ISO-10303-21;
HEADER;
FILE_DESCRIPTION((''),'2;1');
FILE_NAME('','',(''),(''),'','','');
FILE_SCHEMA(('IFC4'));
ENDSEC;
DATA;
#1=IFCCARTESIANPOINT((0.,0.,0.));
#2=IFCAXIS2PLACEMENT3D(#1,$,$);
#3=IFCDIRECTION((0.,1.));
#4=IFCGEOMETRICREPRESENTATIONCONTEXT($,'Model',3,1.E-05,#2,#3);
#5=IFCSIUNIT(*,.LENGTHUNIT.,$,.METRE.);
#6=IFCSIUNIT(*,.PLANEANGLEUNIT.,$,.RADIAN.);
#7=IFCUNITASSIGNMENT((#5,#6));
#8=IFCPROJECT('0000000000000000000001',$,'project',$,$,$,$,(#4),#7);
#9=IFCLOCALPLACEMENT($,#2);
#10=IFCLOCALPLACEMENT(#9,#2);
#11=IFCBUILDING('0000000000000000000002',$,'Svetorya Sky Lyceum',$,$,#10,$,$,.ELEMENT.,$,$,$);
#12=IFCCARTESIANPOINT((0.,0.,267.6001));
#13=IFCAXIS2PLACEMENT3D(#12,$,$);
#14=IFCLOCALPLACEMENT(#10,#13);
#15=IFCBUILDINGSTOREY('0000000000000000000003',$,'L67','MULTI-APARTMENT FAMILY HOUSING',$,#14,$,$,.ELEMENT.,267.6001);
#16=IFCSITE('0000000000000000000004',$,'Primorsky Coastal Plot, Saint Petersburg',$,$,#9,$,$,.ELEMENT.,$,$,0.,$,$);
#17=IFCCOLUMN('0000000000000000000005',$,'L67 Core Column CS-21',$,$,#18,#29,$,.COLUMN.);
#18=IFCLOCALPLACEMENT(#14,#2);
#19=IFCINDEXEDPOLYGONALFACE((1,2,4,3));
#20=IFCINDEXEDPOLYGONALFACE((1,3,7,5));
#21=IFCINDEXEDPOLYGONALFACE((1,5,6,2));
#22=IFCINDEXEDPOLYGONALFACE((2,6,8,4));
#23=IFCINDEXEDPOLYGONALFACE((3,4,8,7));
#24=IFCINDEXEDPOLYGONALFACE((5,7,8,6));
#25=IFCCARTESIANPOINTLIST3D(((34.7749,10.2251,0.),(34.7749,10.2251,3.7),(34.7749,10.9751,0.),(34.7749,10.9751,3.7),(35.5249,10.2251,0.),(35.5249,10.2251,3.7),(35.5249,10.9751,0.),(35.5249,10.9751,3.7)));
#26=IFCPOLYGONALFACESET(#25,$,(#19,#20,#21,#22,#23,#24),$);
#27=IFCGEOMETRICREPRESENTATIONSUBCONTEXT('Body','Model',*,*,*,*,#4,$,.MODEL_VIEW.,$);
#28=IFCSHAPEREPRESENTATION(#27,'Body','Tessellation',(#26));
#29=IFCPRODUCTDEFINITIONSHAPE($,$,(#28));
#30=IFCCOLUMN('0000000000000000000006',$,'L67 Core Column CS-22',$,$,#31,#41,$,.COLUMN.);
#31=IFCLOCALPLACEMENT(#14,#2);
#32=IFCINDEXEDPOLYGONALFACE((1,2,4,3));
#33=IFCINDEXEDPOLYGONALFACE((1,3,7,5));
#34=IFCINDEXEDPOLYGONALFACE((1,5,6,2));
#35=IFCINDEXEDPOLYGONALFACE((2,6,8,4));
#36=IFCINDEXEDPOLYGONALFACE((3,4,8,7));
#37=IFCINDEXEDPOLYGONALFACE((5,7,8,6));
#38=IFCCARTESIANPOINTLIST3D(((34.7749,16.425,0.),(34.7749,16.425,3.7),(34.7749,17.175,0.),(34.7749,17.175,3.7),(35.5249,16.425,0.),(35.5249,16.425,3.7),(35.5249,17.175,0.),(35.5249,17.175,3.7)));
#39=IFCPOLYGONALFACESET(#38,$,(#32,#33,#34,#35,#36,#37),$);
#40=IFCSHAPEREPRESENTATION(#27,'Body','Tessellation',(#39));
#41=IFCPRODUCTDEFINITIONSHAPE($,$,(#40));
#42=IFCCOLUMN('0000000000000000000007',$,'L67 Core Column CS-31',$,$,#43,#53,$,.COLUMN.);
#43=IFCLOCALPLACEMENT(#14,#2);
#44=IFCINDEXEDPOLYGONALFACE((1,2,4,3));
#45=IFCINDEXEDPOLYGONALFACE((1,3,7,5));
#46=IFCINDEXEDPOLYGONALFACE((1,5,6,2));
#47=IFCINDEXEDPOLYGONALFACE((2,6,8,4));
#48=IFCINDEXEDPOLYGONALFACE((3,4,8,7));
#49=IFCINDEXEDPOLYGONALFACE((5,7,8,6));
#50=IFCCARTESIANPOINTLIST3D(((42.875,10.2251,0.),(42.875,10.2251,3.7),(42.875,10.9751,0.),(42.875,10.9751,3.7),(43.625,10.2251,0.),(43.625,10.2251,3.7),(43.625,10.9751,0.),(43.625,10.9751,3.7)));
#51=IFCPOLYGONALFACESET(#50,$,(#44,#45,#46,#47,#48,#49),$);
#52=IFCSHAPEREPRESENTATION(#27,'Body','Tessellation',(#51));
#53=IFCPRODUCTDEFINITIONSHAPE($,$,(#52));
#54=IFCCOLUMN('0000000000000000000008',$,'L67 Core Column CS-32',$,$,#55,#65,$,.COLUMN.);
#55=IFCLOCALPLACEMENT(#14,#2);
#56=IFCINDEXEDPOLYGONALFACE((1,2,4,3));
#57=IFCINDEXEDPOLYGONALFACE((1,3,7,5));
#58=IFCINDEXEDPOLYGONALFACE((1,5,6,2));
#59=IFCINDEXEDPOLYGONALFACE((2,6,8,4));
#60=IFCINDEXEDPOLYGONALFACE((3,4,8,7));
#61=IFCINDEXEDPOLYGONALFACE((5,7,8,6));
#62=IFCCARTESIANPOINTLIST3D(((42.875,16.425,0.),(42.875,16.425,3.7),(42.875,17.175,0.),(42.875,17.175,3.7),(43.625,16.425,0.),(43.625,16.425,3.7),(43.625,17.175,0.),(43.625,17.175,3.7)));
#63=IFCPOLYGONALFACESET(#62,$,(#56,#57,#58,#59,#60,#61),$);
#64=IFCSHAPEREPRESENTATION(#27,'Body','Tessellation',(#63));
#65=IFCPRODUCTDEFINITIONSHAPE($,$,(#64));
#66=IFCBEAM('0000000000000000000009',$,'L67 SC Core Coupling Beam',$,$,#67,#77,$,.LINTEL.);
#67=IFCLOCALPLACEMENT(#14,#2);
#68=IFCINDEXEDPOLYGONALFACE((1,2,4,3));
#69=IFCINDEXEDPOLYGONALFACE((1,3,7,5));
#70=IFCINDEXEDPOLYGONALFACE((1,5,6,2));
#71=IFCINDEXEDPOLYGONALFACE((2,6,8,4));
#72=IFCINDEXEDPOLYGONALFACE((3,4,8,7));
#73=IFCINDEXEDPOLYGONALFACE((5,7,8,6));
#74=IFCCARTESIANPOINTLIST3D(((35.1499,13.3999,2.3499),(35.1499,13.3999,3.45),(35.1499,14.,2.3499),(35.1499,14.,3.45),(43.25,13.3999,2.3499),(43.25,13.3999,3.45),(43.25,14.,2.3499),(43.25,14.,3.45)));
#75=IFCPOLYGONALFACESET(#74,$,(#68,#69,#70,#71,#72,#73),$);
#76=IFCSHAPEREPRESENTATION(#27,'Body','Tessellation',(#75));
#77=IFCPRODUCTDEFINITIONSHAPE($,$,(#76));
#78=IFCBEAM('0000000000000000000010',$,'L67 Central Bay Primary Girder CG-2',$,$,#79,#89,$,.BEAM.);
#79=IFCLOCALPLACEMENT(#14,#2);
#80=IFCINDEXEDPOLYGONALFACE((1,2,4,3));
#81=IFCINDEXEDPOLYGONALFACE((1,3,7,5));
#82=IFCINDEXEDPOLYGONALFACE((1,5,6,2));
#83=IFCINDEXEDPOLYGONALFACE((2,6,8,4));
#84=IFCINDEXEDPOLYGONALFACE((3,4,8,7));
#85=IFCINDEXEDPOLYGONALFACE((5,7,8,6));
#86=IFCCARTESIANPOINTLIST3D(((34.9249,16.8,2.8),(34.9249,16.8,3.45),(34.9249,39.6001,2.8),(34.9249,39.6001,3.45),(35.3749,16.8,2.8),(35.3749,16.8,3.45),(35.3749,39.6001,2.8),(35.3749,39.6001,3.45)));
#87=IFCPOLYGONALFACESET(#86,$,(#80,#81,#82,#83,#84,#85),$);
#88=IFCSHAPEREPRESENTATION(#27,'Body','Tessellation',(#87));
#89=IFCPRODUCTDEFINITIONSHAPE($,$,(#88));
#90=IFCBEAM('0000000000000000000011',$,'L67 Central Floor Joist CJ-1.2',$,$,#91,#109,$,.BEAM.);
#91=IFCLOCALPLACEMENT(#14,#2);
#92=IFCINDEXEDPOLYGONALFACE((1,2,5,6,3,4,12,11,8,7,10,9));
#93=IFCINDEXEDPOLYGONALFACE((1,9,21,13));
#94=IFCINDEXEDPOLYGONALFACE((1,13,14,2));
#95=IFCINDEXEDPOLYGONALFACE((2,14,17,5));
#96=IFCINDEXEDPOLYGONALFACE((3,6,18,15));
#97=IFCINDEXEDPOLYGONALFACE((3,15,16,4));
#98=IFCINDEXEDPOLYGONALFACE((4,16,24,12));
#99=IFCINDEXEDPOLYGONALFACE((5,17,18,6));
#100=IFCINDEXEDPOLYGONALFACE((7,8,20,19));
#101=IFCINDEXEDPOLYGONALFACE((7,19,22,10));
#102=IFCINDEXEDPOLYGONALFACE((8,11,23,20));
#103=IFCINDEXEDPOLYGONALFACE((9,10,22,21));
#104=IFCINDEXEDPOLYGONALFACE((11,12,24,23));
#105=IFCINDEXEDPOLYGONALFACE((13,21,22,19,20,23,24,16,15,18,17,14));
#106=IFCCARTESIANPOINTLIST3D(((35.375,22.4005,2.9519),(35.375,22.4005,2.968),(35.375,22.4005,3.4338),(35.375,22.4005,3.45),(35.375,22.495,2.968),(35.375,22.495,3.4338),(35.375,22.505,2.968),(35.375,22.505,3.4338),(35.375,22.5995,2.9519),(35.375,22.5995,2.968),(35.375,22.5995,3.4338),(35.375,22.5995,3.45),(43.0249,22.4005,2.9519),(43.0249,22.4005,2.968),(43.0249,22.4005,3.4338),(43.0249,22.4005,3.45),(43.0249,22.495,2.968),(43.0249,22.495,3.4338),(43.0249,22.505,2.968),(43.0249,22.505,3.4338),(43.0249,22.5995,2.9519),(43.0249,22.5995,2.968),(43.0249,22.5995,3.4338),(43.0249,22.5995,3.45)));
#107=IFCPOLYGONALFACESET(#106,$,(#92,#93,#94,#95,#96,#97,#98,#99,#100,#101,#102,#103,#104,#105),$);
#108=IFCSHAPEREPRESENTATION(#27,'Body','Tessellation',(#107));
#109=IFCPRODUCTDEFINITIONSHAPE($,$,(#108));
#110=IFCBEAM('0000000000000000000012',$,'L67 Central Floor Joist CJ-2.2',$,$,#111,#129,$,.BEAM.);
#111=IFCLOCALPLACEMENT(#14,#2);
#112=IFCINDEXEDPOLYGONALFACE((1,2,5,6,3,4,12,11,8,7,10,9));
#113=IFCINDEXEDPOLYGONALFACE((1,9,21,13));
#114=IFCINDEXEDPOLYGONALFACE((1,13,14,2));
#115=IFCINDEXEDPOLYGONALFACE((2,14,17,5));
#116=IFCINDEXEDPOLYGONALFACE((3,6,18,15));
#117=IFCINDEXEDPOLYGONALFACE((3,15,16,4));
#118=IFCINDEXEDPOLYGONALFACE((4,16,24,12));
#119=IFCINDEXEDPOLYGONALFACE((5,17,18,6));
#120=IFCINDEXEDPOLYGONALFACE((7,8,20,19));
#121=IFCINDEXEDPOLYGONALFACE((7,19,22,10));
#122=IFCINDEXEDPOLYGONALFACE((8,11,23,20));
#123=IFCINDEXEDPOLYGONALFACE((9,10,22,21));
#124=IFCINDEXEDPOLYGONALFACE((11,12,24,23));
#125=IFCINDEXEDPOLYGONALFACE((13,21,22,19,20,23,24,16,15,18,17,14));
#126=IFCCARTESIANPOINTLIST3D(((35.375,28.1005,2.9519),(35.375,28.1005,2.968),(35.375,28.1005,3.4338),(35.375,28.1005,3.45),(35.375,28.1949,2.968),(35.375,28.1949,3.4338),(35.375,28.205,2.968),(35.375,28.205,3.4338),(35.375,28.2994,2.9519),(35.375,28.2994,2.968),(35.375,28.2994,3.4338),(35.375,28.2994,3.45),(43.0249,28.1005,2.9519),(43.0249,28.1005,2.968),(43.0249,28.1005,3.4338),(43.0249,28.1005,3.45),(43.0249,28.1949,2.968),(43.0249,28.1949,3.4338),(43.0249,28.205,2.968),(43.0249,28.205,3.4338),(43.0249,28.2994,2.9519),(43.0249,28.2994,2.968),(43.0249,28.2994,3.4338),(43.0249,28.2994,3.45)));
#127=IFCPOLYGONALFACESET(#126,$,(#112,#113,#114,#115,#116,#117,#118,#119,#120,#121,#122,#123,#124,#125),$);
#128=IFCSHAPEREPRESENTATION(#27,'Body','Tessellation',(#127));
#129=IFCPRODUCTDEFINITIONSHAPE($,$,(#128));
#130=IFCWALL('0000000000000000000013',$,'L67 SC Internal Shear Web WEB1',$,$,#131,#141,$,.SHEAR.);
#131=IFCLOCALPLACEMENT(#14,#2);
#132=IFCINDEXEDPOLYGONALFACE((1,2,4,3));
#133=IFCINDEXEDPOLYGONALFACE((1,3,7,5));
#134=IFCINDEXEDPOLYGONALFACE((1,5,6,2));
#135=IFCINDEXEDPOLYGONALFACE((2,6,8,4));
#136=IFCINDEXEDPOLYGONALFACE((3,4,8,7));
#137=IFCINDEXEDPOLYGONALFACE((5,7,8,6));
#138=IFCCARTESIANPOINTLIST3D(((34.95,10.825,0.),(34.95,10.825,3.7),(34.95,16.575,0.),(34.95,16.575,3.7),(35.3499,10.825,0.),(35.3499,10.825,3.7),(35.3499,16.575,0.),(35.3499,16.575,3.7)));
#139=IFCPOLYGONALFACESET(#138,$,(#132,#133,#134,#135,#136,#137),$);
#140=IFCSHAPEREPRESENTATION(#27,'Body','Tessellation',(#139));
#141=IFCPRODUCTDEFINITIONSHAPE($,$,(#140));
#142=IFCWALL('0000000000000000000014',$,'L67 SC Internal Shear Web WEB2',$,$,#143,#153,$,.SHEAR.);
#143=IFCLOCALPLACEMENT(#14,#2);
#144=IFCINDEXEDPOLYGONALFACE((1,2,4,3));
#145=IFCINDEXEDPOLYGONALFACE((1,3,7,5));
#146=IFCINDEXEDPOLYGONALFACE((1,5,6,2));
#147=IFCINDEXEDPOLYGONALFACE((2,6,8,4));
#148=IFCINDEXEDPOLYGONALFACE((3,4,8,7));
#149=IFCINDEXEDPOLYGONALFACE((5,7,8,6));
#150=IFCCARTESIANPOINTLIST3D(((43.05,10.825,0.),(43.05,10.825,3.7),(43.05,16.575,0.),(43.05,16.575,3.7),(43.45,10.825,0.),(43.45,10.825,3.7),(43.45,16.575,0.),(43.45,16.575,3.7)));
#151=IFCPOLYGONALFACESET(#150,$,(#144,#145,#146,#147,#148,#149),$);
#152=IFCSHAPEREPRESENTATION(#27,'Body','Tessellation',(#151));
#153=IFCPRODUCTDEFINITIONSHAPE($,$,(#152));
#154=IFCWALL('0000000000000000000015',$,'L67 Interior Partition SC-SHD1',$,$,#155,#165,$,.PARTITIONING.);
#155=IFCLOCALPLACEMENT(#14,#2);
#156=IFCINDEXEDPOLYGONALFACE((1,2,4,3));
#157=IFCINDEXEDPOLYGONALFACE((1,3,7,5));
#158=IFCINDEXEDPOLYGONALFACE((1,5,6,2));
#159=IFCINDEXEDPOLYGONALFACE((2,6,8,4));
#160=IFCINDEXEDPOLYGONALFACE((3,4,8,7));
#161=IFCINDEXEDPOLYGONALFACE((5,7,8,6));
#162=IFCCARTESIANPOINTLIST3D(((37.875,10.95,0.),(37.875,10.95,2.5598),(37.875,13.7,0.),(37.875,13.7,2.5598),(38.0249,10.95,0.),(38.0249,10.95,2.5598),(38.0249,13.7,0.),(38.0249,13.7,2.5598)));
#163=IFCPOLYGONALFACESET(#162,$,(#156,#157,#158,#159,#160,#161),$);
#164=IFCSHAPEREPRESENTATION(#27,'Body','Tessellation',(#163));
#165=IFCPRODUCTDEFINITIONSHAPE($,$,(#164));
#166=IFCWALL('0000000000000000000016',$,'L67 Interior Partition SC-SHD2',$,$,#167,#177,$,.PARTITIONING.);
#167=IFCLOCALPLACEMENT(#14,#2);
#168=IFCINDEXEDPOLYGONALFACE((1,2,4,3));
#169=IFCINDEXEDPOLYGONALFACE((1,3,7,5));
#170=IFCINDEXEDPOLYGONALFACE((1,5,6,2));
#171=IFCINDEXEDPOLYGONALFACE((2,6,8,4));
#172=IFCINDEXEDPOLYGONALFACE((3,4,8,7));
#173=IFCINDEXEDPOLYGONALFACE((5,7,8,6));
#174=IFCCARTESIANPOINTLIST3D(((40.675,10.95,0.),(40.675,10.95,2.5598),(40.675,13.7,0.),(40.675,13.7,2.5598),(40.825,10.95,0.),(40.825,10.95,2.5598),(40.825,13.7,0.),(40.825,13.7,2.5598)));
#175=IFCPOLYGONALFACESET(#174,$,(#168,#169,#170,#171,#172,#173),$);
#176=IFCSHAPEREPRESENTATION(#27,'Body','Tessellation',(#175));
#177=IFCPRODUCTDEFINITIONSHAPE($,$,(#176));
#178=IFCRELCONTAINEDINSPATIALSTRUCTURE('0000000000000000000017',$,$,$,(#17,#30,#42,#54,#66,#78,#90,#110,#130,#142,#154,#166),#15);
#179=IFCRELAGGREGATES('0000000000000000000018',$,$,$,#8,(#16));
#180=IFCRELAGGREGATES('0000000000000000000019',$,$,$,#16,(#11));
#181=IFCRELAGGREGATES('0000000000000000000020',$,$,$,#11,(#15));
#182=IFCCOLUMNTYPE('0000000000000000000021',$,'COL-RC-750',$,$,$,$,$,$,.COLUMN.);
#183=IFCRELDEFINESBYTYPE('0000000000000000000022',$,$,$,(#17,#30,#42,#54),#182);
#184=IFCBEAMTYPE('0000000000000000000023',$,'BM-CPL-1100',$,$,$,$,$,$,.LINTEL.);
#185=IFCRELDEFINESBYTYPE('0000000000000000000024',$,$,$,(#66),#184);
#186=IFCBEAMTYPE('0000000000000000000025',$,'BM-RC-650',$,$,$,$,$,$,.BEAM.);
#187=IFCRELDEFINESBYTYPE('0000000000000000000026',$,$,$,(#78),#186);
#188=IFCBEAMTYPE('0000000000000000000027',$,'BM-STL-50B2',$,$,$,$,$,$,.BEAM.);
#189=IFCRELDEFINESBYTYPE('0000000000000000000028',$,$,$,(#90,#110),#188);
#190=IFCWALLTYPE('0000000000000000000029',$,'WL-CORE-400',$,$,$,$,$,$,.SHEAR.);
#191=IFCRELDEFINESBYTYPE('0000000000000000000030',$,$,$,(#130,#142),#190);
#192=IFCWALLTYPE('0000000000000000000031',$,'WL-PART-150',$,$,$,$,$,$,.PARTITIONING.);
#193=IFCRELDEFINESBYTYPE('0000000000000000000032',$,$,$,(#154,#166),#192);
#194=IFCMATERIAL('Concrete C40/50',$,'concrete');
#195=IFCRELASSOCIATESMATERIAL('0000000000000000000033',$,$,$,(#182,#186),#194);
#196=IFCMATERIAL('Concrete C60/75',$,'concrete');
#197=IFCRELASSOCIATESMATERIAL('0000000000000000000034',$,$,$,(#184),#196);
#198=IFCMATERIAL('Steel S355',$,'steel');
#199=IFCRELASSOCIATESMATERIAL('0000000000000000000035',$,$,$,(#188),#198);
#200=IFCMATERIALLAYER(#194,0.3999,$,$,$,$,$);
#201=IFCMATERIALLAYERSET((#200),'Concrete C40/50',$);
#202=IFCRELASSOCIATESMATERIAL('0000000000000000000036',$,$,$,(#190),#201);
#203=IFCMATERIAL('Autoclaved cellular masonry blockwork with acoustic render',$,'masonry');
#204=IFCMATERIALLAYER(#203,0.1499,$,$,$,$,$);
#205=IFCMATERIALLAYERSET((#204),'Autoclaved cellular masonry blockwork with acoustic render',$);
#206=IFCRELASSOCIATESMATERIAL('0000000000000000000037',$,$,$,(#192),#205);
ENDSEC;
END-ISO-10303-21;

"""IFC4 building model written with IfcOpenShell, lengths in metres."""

from ifc_helpers import new_model, si_unit, direction, frame, frame_2d, origin, origin_2d, place, context, subcontext, project, spatial, rectangle, i_section, extrude, material, layer, layer_set, material_profile, profile_set, type_object, element, save


model = new_model("IFC4")

# Units and contexts
model_context = context("Model", 3, precision=1e-05, world=origin(), true_north=direction((0.0, 1.0)))
body_context = subcontext(model_context, "Body", "Model", "MODEL_VIEW")
ifc_project = project(units=[si_unit("LENGTHUNIT", "METRE"), si_unit("PLANEANGLEUNIT", "RADIAN")], contexts=[model_context])

# Site, building, storey
site_placement = place(None, origin())
site = spatial("IfcSite", under=ifc_project, at=site_placement, Name="Primorsky Coastal Plot, Saint Petersburg", CompositionType="ELEMENT", RefElevation=0.0)
building_placement = place(site_placement, origin())
building = spatial("IfcBuilding", under=site, at=building_placement, Name="Svetorya Sky Lyceum", CompositionType="ELEMENT")
storey_placement = place(building_placement, frame((0.0, 0.0, 267.6001)))
storey = spatial("IfcBuildingStorey", under=building, at=storey_placement, Name="L67", Description="MULTI-APARTMENT FAMILY HOUSING", CompositionType="ELEMENT", Elevation=267.6001)

# Columns
ifc_material_1 = material(Name="Concrete C40/50", Category="concrete")
ifc_material_profile_1 = material_profile(ifc_material_1, rectangle(XDim=0.75, YDim=0.75, at=origin_2d()), Name="RC COL 750x750")
ifc_profile_set_1 = profile_set([ifc_material_profile_1], Name="Concrete C40/50")
column_type = type_object("IfcColumnType", Name="COL-RC-750", PredefinedType="COLUMN", material=ifc_profile_set_1)
for number, where, z_axis, x_axis, name in (
    (1, (35.1499, 10.6001, 0.0), (0.0, 0.0, 1.0), (1.0, 0.0, 0.0), "L67 Core Column CS-21"),
    (2, (35.1499, 16.8, 0.0), (0.0, 0.0, 1.0), (1.0, 0.0, 0.0), "L67 Core Column CS-22"),
    (3, (43.25, 10.6001, 0.0), (0.0, 0.0, 1.0), (1.0, 0.0, 0.0), "L67 Core Column CS-31"),
    (4, (43.25, 16.8, 0.0), (0.0, 0.0, 1.0), (1.0, 0.0, 0.0), "L67 Core Column CS-32"),
):
    element("IfcColumn", number, at=place(storey_placement, frame(where, z_axis=z_axis, x_axis=x_axis)), inside=storey, type_object=column_type, Name=name, PredefinedType="COLUMN", context=body_context, shape_type="SweptSolid", body=[
        extrude(rectangle(XDim=0.75, YDim=0.75, at=origin_2d()), origin(), (0.0, 0.0, 1.0), 3.7),
    ])

# Beams
ifc_material_2 = material(Name="Concrete C60/75", Category="concrete")
ifc_material_profile_2 = material_profile(ifc_material_2, rectangle(XDim=0.6001, YDim=1.1001, at=origin_2d()), Name="RC COUPLING 600x1100")
ifc_profile_set_2 = profile_set([ifc_material_profile_2], Name="Concrete C60/75")
beam_type_1 = type_object("IfcBeamType", Name="BM-CPL-1100", PredefinedType="LINTEL", material=ifc_profile_set_2)
beam_1_placement = place(storey_placement, frame((35.1499, 13.7, 2.8999), z_axis=(1.0, 0.0, 0.0), x_axis=(0.0, 1.0, 0.0)))
element("IfcBeam", 5, at=beam_1_placement, inside=storey, type_object=beam_type_1, Name="L67 SC Core Coupling Beam", PredefinedType="LINTEL", context=body_context, shape_type="SweptSolid", body=[
    extrude(rectangle(XDim=0.6001, YDim=1.1001, at=origin_2d()), origin(), (0.0, 0.0, 1.0), 8.1001),
])
ifc_material_profile_3 = material_profile(ifc_material_1, rectangle(XDim=0.45, YDim=0.6499, at=origin_2d()), Name="RC BEAM 450x650")
ifc_profile_set_3 = profile_set([ifc_material_profile_3], Name="Concrete C40/50")
beam_type_2 = type_object("IfcBeamType", Name="BM-RC-650", PredefinedType="BEAM", material=ifc_profile_set_3)
beam_2_placement = place(storey_placement, frame((35.1499, 16.8, 3.125), z_axis=(0.0, 1.0, 0.0), x_axis=(-1.0, 0.0, 0.0)))
element("IfcBeam", 6, at=beam_2_placement, inside=storey, type_object=beam_type_2, Name="L67 Central Bay Primary Girder CG-2", PredefinedType="BEAM", context=body_context, shape_type="SweptSolid", body=[
    extrude(rectangle(XDim=0.45, YDim=0.6499, at=origin_2d()), origin(), (0.0, 0.0, 1.0), 22.8),
])
ifc_material_3 = material(Name="Steel S355", Category="steel")
ifc_material_profile_4 = material_profile(ifc_material_3, i_section(OverallWidth=0.199, OverallDepth=0.498, WebThickness=0.01, FlangeThickness=0.0161, at=origin_2d()), Name="GOST 50B2")
ifc_profile_set_4 = profile_set([ifc_material_profile_4], Name="Steel S355")
beam_type_3 = type_object("IfcBeamType", Name="BM-STL-50B2", PredefinedType="BEAM", material=ifc_profile_set_4)
for number, where, z_axis, x_axis, name in (
    (7, (35.375, 22.5, 3.2009), (1.0, 0.0, 0.0), (0.0, 1.0, 0.0), "L67 Central Floor Joist CJ-1.2"),
    (8, (35.375, 28.2, 3.2009), (1.0, 0.0, 0.0), (0.0, 1.0, 0.0), "L67 Central Floor Joist CJ-2.2"),
):
    element("IfcBeam", number, at=place(storey_placement, frame(where, z_axis=z_axis, x_axis=x_axis)), inside=storey, type_object=beam_type_3, Name=name, PredefinedType="BEAM", context=body_context, shape_type="SweptSolid", body=[
        extrude(i_section(OverallWidth=0.199, OverallDepth=0.498, WebThickness=0.01, FlangeThickness=0.0161, at=origin_2d()), origin(), (0.0, 0.0, 1.0), 7.6499),
    ])

# Walls
ifc_layer_1 = layer(ifc_material_1, 0.3999)
ifc_layer_set_1 = layer_set([ifc_layer_1], Name="Concrete C40/50")
wall_type_1 = type_object("IfcWallType", Name="WL-CORE-400", PredefinedType="SHEAR", material=ifc_layer_set_1)
for number, where, z_axis, x_axis, name in (
    (9, (35.1499, 10.825, 0.0), (0.0, 0.0, 1.0), (0.0, 1.0, 0.0), "L67 SC Internal Shear Web WEB1"),
    (10, (43.25, 10.825, 0.0), (0.0, 0.0, 1.0), (0.0, 1.0, 0.0), "L67 SC Internal Shear Web WEB2"),
):
    element("IfcWall", number, at=place(storey_placement, frame(where, z_axis=z_axis, x_axis=x_axis)), inside=storey, type_object=wall_type_1, Name=name, PredefinedType="SHEAR", context=body_context, shape_type="SweptSolid", body=[
        extrude(rectangle(XDim=5.75, YDim=0.3999, at=frame_2d((2.875, 0.0))), origin(), (0.0, 0.0, 1.0), 3.7),
    ])
ifc_material_4 = material(Name="Autoclaved cellular masonry blockwork with acoustic render", Category="masonry")
ifc_layer_2 = layer(ifc_material_4, 0.1499)
ifc_layer_set_2 = layer_set([ifc_layer_2], Name="Autoclaved cellular masonry blockwork with acoustic render")
wall_type_2 = type_object("IfcWallType", Name="WL-PART-150", PredefinedType="PARTITIONING", material=ifc_layer_set_2)
for number, where, z_axis, x_axis, name in (
    (11, (37.95, 10.95, 0.0), (0.0, 0.0, 1.0), (0.0, 1.0, 0.0), "L67 Interior Partition SC-SHD1"),
    (12, (40.75, 10.95, 0.0), (0.0, 0.0, 1.0), (0.0, 1.0, 0.0), "L67 Interior Partition SC-SHD2"),
):
    element("IfcWall", number, at=place(storey_placement, frame(where, z_axis=z_axis, x_axis=x_axis)), inside=storey, type_object=wall_type_2, Name=name, PredefinedType="PARTITIONING", context=body_context, shape_type="SweptSolid", body=[
        extrude(rectangle(XDim=2.75, YDim=0.1499, at=frame_2d((1.375, 0.0))), origin(), (0.0, 0.0, 1.0), 2.5598),
    ])

save(model, "model.ifc")
